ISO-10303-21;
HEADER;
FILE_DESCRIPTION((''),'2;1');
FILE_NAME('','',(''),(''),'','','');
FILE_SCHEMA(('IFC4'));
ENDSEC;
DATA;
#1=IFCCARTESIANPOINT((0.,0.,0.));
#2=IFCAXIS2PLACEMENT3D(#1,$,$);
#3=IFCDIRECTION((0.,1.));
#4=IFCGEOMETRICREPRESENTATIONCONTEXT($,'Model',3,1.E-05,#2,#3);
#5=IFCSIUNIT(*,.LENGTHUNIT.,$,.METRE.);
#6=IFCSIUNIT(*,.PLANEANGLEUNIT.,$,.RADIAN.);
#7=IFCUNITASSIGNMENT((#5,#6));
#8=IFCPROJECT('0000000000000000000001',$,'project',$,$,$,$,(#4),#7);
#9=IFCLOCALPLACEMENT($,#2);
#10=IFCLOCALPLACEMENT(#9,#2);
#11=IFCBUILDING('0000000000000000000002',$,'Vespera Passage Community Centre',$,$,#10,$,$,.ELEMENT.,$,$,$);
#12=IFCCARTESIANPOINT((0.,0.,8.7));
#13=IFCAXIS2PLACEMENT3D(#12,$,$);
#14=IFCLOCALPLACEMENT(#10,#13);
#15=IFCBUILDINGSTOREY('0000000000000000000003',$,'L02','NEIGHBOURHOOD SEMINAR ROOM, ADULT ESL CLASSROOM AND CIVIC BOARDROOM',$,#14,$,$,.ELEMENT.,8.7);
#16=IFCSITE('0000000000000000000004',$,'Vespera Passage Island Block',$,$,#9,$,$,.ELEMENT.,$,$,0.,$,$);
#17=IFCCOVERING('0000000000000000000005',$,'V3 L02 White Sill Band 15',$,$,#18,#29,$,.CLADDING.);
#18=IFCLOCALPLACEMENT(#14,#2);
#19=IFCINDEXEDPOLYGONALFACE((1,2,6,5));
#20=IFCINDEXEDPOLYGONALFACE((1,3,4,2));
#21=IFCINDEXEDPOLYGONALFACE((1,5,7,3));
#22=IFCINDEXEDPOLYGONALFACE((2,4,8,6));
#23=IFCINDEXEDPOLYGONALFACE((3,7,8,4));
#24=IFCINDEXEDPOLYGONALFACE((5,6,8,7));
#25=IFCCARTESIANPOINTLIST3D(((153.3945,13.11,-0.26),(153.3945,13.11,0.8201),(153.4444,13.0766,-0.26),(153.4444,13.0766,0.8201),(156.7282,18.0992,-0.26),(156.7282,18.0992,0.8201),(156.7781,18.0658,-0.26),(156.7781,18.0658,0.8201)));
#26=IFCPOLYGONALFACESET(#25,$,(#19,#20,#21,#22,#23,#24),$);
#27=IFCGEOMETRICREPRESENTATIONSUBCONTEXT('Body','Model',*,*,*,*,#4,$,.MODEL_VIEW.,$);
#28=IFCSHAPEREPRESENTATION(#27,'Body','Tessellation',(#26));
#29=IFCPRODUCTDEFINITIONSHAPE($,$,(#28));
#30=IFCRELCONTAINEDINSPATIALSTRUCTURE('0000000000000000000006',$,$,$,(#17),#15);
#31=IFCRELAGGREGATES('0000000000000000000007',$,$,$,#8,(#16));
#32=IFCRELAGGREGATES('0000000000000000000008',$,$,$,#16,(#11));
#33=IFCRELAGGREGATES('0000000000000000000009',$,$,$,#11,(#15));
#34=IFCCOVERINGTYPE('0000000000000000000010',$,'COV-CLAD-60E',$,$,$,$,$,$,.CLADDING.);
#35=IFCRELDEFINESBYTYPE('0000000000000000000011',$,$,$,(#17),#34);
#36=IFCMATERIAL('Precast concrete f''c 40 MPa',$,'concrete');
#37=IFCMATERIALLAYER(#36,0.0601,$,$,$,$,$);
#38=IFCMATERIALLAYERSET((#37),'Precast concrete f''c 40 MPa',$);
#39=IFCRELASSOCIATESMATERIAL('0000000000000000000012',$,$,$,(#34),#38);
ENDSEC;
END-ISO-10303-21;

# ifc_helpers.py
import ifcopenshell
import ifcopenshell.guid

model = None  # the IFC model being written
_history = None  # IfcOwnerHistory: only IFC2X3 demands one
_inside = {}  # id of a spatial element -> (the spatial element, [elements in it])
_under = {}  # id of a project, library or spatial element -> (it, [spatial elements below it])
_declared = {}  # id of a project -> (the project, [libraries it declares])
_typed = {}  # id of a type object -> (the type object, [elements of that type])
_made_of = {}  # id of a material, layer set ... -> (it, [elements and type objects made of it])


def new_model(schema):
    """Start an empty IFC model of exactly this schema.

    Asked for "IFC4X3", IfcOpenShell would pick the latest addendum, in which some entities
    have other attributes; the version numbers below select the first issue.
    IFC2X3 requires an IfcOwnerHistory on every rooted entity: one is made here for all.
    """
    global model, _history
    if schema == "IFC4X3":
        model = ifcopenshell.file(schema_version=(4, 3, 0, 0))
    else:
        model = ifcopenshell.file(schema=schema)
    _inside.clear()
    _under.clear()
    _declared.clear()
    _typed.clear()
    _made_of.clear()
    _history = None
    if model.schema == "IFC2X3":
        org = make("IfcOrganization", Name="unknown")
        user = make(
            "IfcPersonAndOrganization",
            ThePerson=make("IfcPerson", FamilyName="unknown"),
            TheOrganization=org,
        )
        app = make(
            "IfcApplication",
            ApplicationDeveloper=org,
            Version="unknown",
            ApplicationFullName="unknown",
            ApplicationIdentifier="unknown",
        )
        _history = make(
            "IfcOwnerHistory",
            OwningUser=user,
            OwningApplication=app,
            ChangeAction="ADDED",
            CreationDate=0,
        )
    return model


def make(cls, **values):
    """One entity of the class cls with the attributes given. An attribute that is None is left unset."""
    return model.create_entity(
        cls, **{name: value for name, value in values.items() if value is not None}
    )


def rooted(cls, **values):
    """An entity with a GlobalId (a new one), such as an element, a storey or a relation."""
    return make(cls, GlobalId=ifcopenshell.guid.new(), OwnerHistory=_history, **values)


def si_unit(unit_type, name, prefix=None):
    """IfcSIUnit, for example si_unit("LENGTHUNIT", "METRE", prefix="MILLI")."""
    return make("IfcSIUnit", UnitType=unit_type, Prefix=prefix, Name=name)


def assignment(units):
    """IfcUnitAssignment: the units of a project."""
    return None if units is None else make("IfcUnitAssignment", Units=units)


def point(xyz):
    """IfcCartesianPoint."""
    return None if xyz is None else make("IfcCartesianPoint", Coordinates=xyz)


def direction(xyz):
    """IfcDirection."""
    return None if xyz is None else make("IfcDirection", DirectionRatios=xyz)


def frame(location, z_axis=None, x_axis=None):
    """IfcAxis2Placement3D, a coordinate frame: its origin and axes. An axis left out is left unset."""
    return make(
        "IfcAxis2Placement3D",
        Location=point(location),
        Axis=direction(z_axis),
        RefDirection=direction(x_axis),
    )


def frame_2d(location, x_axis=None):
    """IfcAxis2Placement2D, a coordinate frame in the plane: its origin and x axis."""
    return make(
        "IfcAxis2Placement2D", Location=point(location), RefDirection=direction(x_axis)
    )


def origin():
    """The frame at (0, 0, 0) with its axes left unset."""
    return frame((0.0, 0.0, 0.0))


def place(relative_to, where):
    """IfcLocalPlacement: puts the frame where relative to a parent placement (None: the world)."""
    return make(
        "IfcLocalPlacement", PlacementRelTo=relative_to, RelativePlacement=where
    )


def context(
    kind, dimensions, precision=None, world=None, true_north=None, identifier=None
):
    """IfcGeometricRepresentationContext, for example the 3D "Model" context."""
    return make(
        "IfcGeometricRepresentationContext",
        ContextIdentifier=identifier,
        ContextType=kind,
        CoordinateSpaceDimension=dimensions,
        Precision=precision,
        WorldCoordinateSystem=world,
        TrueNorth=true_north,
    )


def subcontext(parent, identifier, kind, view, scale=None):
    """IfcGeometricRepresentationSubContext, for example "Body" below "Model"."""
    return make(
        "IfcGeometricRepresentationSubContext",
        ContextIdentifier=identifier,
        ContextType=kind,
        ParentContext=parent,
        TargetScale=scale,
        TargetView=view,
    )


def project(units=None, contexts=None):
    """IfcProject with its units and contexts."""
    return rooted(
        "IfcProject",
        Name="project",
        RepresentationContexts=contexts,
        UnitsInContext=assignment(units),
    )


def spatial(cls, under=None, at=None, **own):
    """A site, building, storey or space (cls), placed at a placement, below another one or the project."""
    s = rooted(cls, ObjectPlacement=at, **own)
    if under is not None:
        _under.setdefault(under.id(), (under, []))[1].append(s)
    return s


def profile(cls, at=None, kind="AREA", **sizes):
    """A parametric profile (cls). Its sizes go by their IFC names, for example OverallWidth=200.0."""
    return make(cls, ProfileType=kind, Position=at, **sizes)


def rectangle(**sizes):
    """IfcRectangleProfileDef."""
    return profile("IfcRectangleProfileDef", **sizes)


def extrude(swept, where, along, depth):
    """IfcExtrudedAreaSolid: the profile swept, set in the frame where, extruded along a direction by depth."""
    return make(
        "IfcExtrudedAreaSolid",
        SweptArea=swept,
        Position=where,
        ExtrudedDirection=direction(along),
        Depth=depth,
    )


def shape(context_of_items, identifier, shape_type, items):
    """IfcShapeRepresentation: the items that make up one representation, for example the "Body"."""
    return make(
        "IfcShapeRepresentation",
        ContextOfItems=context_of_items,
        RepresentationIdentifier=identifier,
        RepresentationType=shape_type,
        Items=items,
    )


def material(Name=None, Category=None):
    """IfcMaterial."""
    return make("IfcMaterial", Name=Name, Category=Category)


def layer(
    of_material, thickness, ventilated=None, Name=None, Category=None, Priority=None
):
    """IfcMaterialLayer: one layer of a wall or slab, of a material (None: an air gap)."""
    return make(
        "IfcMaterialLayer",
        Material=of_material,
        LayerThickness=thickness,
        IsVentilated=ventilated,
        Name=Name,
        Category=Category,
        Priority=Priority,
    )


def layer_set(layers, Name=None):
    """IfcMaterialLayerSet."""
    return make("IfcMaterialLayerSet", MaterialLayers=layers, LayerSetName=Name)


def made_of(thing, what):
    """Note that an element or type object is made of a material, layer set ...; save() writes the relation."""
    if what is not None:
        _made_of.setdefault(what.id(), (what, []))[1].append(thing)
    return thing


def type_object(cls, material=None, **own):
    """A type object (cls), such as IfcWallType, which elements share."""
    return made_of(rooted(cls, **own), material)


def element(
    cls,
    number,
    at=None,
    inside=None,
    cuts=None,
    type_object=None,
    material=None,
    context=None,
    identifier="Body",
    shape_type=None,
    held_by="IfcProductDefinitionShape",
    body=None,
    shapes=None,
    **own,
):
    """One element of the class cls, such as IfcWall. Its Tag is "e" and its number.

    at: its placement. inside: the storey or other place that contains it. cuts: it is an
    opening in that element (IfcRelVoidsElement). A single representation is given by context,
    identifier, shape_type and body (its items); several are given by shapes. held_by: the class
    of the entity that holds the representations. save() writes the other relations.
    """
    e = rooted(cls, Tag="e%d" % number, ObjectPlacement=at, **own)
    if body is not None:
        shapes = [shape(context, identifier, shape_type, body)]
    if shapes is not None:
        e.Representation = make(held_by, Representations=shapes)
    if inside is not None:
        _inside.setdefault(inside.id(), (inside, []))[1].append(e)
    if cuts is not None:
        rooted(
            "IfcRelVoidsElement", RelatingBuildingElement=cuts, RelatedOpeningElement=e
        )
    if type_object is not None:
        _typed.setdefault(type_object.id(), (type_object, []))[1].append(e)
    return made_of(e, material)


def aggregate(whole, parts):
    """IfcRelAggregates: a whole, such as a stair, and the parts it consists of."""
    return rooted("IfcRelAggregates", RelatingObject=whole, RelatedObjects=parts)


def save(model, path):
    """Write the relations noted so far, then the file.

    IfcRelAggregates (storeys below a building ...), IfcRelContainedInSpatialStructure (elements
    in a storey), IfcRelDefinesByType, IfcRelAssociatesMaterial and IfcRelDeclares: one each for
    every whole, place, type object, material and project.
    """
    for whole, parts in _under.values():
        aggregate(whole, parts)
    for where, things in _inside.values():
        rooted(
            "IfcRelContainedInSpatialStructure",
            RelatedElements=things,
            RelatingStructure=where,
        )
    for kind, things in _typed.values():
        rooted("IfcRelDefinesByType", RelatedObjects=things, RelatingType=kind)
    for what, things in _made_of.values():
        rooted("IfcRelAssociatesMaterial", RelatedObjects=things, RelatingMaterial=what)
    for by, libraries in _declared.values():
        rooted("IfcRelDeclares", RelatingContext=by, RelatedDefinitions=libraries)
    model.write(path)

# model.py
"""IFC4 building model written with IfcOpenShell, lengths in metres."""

from ifc_helpers import new_model, si_unit, direction, frame, frame_2d, origin, place, context, subcontext, project, spatial, rectangle, extrude, material, layer, layer_set, type_object, element, save


model = new_model("IFC4")

# Units and contexts
model_context = context("Model", 3, precision=1e-05, world=origin(), true_north=direction((0.0, 1.0)))
body_context = subcontext(model_context, "Body", "Model", "MODEL_VIEW")
ifc_project = project(units=[si_unit("LENGTHUNIT", "METRE"), si_unit("PLANEANGLEUNIT", "RADIAN")], contexts=[model_context])

# Site, building, storey
site_placement = place(None, origin())
site = spatial("IfcSite", under=ifc_project, at=site_placement, Name="Vespera Passage Island Block", CompositionType="ELEMENT", RefElevation=0.0)
building_placement = place(site_placement, origin())
building = spatial("IfcBuilding", under=site, at=building_placement, Name="Vespera Passage Community Centre", CompositionType="ELEMENT")
storey_placement = place(building_placement, frame((0.0, 0.0, 8.7)))
storey = spatial("IfcBuildingStorey", under=building, at=storey_placement, Name="L02", Description="NEIGHBOURHOOD SEMINAR ROOM, ADULT ESL CLASSROOM AND CIVIC BOARDROOM", CompositionType="ELEMENT", Elevation=8.7)

# Covering
ifc_material_1 = material(Name="Precast concrete f'c 40 MPa", Category="concrete")
ifc_layer_1 = layer(ifc_material_1, 0.0601)
ifc_layer_set_1 = layer_set([ifc_layer_1], Name="Precast concrete f'c 40 MPa")
covering_type = type_object("IfcCoveringType", Name="COV-CLAD-60E", PredefinedType="CLADDING", material=ifc_layer_set_1)
covering_placement = place(storey_placement, frame((156.7532, 18.0825, -0.26), z_axis=(0.0, 0.0, 1.0), x_axis=(-0.555573, -0.831468, 0.0)))
element("IfcCovering", 1, at=covering_placement, inside=storey, type_object=covering_type, Name="V3 L02 White Sill Band 15", PredefinedType="CLADDING", context=body_context, shape_type="SweptSolid", body=[
    extrude(rectangle(XDim=6.0005, YDim=0.0601, at=frame_2d((3.0002, 0.0))), origin(), (0.0, 0.0, 1.0), 1.0801),
])

save(model, "model.ifc")
